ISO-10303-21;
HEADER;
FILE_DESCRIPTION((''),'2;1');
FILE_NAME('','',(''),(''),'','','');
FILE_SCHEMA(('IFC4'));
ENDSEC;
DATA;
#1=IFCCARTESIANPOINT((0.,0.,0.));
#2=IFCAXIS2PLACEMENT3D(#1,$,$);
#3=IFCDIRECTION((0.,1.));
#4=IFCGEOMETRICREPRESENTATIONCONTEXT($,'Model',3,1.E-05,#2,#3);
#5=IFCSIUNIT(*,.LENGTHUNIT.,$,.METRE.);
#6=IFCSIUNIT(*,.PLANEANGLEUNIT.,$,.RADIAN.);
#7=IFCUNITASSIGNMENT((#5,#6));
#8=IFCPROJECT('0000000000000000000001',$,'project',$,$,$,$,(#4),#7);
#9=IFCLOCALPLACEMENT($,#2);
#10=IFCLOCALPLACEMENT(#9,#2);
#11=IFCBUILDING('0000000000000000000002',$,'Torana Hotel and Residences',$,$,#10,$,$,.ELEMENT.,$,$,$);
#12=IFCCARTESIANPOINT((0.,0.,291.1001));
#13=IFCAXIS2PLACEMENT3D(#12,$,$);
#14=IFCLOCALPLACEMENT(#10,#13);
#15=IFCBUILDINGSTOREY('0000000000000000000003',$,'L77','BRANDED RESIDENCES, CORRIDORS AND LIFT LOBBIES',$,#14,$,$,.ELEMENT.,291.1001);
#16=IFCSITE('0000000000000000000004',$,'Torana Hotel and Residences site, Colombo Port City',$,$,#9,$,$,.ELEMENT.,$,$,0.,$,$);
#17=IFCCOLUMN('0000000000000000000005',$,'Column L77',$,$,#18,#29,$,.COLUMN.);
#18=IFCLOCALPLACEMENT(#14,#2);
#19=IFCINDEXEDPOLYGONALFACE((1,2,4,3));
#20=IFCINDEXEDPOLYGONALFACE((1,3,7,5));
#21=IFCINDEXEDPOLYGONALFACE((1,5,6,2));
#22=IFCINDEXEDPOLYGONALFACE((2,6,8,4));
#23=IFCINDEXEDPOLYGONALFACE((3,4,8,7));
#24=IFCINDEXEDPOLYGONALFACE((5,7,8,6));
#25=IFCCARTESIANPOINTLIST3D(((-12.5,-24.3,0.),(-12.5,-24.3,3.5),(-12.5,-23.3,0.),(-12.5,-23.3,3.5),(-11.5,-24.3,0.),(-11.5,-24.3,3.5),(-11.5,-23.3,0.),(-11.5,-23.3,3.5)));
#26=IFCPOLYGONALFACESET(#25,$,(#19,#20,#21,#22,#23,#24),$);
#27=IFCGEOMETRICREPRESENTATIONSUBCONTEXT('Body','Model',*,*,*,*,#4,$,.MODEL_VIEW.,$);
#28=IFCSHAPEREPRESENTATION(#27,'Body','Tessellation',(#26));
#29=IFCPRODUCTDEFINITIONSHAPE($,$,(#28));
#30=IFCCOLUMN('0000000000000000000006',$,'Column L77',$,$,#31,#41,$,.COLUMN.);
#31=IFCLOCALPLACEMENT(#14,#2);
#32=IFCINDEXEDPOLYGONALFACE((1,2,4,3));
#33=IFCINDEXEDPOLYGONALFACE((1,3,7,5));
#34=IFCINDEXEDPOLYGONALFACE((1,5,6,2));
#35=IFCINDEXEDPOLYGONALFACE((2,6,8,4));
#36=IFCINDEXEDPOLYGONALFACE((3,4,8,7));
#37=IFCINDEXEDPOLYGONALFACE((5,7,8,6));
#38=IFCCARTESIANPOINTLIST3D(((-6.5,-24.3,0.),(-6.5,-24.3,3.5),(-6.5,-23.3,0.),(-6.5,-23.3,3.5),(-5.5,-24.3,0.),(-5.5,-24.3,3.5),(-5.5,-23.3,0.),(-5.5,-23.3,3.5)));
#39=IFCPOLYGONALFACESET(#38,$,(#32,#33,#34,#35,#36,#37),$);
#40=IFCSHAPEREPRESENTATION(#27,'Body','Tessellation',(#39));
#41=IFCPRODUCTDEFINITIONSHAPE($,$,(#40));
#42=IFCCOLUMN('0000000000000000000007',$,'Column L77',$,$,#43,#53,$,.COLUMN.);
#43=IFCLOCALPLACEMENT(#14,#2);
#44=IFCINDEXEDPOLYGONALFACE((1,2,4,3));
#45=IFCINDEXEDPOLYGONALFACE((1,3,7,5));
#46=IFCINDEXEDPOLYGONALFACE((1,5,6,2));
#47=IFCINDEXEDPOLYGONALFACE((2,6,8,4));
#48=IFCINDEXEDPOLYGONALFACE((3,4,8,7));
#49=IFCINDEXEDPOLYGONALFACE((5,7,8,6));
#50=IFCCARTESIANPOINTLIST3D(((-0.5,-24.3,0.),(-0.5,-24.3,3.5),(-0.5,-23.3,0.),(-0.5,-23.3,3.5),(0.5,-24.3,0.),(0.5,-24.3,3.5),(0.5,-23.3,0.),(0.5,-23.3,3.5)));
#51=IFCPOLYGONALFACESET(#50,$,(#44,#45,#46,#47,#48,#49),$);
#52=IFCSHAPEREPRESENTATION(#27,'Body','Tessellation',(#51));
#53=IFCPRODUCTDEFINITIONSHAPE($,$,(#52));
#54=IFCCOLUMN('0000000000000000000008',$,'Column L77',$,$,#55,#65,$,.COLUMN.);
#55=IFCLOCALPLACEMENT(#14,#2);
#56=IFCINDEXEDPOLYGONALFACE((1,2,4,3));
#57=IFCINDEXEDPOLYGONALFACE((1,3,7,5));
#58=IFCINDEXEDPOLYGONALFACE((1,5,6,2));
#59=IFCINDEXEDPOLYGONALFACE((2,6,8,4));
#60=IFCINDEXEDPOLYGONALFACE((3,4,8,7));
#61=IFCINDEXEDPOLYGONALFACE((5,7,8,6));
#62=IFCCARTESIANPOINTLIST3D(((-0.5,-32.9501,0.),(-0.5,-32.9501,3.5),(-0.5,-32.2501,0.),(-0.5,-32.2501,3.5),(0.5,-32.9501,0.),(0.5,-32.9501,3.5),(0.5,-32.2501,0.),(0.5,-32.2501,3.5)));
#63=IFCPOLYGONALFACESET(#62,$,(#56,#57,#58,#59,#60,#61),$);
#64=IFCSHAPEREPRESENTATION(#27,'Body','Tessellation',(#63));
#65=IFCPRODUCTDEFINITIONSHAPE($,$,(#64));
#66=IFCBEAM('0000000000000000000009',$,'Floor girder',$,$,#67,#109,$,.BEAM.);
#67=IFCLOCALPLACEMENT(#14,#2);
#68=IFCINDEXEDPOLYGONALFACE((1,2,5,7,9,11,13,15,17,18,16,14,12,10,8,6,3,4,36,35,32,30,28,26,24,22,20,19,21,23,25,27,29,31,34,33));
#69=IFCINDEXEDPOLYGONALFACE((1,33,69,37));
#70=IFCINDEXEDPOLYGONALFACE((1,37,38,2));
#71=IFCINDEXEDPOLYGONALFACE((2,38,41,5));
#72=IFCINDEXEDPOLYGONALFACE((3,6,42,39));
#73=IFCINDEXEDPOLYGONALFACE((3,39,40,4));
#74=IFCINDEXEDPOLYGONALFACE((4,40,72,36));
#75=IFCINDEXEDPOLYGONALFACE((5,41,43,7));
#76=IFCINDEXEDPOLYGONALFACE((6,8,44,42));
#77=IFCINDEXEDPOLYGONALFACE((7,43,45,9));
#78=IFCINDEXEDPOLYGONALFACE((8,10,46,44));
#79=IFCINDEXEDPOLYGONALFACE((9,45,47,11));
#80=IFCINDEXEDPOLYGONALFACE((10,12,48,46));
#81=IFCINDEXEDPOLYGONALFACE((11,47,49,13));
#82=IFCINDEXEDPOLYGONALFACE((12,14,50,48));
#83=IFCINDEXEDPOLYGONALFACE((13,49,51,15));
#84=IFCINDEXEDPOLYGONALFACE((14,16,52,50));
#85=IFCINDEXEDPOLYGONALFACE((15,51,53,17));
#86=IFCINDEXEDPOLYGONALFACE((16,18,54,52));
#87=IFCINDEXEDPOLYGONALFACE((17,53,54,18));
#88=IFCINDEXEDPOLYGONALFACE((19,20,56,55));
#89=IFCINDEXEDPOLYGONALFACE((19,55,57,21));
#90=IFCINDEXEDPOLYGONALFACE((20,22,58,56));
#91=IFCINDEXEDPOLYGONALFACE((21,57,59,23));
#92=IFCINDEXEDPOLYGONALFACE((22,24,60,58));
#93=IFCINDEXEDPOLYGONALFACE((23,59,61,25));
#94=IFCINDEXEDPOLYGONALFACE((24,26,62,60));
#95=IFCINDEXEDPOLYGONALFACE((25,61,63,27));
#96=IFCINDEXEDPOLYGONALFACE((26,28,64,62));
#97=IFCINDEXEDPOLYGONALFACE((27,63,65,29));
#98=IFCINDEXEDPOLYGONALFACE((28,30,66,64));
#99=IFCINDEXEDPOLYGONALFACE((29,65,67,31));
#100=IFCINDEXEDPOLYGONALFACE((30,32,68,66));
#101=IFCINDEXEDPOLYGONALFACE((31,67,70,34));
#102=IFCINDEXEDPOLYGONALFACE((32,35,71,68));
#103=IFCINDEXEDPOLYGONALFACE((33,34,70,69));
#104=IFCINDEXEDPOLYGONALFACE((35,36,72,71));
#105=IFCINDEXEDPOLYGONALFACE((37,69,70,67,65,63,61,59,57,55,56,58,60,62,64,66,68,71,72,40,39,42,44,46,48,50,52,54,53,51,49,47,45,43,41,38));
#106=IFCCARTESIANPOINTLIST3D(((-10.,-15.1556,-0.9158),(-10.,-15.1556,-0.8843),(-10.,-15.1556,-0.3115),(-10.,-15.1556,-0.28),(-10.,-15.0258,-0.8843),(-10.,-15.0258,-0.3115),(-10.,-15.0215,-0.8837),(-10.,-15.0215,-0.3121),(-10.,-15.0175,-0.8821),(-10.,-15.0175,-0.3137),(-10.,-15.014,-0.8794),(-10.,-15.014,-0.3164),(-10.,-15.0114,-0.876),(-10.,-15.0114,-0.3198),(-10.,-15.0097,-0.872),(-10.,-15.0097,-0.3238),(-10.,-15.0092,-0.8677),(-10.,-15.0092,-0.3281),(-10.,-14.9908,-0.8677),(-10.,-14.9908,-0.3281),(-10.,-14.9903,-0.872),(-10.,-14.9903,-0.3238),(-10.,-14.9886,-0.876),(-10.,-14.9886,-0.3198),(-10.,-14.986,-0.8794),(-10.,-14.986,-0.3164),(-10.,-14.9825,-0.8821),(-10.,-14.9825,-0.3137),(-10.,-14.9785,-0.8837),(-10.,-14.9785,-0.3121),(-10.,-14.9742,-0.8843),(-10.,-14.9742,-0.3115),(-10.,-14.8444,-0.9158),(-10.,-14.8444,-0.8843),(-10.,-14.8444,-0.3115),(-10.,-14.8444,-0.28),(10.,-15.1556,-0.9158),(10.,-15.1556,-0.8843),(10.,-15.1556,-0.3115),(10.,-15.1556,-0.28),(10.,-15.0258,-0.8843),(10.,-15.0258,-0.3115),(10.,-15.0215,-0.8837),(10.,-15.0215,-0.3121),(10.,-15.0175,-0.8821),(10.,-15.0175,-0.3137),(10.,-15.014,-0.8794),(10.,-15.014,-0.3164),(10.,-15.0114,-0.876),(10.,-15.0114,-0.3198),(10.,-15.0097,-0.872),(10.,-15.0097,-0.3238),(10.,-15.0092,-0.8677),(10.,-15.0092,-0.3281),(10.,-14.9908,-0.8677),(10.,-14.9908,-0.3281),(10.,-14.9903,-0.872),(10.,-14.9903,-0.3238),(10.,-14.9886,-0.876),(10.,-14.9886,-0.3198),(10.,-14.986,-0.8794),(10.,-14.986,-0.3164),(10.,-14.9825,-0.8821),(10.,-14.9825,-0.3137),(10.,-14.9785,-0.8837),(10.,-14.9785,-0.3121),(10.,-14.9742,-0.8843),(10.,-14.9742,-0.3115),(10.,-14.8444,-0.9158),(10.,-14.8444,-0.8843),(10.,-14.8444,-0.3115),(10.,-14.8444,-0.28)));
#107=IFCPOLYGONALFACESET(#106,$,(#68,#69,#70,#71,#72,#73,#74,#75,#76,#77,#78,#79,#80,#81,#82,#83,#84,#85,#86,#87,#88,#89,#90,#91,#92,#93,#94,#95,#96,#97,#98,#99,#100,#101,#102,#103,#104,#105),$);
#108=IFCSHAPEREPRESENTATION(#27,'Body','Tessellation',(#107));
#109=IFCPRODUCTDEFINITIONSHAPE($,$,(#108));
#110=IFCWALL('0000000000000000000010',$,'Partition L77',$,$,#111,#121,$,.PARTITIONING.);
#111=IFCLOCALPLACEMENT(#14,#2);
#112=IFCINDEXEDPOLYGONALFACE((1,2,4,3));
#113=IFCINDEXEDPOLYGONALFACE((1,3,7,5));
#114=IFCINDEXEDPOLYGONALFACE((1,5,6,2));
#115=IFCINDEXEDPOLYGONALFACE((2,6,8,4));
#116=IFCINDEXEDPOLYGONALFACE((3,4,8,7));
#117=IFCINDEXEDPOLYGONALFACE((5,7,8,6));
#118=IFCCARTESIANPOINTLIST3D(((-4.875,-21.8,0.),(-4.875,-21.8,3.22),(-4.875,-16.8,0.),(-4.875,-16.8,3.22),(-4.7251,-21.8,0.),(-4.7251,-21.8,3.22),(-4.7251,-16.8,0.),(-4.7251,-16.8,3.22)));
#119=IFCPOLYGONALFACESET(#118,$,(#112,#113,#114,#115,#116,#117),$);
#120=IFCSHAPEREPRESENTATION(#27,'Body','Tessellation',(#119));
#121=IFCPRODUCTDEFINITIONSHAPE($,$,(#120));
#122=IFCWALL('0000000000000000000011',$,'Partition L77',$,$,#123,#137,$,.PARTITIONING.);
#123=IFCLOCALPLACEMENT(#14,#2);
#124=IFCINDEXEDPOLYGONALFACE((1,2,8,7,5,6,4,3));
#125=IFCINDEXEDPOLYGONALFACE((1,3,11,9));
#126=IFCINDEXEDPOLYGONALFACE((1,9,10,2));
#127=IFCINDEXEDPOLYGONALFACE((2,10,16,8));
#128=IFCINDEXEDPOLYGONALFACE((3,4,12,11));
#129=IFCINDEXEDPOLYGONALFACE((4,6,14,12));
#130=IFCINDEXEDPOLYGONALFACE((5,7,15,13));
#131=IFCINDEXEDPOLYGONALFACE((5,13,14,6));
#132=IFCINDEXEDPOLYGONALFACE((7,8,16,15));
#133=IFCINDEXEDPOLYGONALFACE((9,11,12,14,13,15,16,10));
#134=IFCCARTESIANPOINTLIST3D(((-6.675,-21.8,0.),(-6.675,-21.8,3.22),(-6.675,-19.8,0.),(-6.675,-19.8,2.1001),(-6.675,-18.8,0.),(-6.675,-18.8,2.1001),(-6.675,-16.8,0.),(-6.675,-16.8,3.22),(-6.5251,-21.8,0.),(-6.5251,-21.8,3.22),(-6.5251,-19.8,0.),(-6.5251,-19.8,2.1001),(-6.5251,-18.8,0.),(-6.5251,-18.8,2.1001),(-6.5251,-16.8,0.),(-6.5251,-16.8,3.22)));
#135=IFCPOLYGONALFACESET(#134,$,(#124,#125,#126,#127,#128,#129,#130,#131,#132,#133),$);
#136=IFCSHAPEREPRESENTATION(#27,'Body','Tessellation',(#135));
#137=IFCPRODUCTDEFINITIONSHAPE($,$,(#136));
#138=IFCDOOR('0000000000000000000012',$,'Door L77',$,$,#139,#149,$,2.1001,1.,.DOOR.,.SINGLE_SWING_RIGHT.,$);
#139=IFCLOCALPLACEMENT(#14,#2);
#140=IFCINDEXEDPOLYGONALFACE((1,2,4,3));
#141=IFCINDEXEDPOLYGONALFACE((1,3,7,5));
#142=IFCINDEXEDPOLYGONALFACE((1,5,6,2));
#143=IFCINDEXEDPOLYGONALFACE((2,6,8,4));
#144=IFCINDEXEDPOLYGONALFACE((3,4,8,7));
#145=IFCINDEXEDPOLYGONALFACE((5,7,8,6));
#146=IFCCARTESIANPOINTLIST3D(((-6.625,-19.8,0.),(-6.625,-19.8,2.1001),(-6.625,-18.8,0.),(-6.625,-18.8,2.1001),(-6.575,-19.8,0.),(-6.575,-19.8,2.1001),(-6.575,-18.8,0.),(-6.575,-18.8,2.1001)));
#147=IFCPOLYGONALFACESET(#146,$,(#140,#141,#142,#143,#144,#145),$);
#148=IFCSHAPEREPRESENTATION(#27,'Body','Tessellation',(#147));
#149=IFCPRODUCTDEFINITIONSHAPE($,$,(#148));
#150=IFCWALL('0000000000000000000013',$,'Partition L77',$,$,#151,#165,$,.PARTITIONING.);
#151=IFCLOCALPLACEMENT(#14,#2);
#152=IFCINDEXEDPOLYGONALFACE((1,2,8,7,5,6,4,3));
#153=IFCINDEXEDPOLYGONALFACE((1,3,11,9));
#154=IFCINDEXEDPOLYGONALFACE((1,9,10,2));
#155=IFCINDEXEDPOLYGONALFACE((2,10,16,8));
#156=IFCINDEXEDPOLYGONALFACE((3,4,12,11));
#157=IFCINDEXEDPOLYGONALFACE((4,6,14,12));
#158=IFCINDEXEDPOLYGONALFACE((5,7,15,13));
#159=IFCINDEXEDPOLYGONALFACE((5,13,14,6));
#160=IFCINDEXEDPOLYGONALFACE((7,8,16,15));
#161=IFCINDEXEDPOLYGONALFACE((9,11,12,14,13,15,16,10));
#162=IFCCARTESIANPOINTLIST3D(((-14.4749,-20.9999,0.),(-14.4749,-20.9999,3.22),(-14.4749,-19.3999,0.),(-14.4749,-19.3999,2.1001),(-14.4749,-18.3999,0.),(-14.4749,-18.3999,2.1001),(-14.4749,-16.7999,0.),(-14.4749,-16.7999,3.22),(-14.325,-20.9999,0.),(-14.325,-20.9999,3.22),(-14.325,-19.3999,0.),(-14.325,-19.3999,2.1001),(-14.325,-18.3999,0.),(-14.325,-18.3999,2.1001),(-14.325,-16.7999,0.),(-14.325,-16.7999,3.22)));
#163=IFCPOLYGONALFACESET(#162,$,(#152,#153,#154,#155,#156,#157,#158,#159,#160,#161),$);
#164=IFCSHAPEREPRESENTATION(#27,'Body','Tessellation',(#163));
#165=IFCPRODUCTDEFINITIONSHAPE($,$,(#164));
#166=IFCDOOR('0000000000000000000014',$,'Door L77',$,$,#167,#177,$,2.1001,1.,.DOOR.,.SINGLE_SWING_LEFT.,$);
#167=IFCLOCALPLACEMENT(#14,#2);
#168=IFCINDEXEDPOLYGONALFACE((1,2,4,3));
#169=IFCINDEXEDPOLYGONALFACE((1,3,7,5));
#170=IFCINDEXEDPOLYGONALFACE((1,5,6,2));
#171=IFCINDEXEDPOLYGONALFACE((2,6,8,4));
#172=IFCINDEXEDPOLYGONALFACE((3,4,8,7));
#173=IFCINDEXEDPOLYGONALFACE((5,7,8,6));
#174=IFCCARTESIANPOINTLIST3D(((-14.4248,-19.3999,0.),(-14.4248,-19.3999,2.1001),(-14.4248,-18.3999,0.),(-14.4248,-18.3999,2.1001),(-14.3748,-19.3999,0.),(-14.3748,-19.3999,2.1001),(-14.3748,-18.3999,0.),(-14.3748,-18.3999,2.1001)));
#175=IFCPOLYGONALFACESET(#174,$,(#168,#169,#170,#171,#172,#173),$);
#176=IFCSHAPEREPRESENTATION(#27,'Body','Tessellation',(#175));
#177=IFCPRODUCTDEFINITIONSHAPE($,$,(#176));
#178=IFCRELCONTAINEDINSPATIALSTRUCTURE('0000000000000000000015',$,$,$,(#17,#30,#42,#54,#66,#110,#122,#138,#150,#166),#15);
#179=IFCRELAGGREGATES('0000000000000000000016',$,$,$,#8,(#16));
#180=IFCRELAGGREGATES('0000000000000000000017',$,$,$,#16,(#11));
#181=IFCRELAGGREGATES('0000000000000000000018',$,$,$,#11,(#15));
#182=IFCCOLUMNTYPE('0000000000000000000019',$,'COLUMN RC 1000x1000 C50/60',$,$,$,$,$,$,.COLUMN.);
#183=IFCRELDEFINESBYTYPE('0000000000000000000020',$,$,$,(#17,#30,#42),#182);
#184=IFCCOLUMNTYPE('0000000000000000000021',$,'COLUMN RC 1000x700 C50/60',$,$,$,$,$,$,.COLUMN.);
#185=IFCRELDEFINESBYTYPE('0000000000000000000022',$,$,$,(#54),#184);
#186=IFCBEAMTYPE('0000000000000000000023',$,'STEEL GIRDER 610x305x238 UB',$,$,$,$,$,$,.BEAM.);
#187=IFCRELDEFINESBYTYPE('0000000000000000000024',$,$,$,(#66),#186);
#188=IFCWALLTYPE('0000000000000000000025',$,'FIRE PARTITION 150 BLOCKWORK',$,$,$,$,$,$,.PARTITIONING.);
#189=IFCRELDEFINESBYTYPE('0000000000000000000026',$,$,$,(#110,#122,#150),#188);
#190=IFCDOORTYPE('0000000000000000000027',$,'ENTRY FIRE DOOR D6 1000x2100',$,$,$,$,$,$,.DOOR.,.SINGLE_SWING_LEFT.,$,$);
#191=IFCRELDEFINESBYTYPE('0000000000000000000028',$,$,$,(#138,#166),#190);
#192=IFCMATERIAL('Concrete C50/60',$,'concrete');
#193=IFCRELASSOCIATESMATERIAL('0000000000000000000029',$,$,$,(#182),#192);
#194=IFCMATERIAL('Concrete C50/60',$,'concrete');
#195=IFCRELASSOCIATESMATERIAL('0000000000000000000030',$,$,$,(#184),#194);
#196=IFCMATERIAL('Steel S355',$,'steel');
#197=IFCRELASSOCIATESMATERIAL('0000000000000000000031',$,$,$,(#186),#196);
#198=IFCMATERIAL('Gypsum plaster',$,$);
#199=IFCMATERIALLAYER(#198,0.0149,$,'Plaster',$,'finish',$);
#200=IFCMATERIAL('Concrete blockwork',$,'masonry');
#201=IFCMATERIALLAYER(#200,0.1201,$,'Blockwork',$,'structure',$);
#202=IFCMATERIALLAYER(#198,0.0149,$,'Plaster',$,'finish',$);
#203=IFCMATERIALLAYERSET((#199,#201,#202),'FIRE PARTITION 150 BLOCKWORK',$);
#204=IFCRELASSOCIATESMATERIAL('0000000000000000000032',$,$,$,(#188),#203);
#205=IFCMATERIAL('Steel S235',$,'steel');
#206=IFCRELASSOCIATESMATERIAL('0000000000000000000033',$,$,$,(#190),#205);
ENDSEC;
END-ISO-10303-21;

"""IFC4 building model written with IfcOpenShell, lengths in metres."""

from ifc_helpers import new_model, si_unit, direction, frame, frame_2d, origin, origin_2d, place, context, subcontext, project, spatial, rectangle, i_section, extrude, material, layer, layer_set, material_profile, profile_set, type_object, element, fill, save


model = new_model("IFC4")

# Units and contexts
model_context = context("Model", 3, precision=1e-05, world=origin(), true_north=direction((0.0, 1.0)))
body_context = subcontext(model_context, "Body", "Model", "MODEL_VIEW")
ifc_project = project(units=[si_unit("LENGTHUNIT", "METRE"), si_unit("PLANEANGLEUNIT", "RADIAN")], contexts=[model_context])

# Site, building, storey
site_placement = place(None, origin())
site = spatial("IfcSite", under=ifc_project, at=site_placement, Name="Torana Hotel and Residences site, Colombo Port City", CompositionType="ELEMENT", RefElevation=0.0)
building_placement = place(site_placement, origin())
building = spatial("IfcBuilding", under=site, at=building_placement, Name="Torana Hotel and Residences", CompositionType="ELEMENT")
storey_placement = place(building_placement, frame((0.0, 0.0, 291.1001)))
storey = spatial("IfcBuildingStorey", under=building, at=storey_placement, Name="L77", Description="BRANDED RESIDENCES, CORRIDORS AND LIFT LOBBIES", CompositionType="ELEMENT", Elevation=291.1001)

# Columns
ifc_material_1 = material(Name="Concrete C50/60", Category="concrete")
ifc_material_profile_1 = material_profile(ifc_material_1, rectangle(XDim=1.0, YDim=1.0, at=origin_2d()), Name="RC 1000x1000")
ifc_profile_set_1 = profile_set([ifc_material_profile_1], Name="Concrete C50/60")
column_type_1 = type_object("IfcColumnType", Name="COLUMN RC 1000x1000 C50/60", PredefinedType="COLUMN", material=ifc_profile_set_1)
for number, where, z_axis, x_axis, name in (
    (1, (-12.0, -23.8, 0.0), (0.0, 0.0, 1.0), (1.0, 0.0, 0.0), "Column L77"),
    (2, (-6.0, -23.8, 0.0), (0.0, 0.0, 1.0), (1.0, 0.0, 0.0), "Column L77"),
    (3, (0.0, -23.8, 0.0), (0.0, 0.0, 1.0), (1.0, 0.0, 0.0), "Column L77"),
):
    element("IfcColumn", number, at=place(storey_placement, frame(where, z_axis=z_axis, x_axis=x_axis)), inside=storey, type_object=column_type_1, Name=name, PredefinedType="COLUMN", context=body_context, shape_type="SweptSolid", body=[
        extrude(rectangle(XDim=1.0, YDim=1.0, at=origin_2d()), origin(), (0.0, 0.0, 1.0), 3.5),
    ])
ifc_material_2 = material(Name="Concrete C50/60", Category="concrete")
ifc_material_profile_2 = material_profile(ifc_material_2, rectangle(XDim=1.0, YDim=0.7, at=origin_2d()), Name="RC 1000x700")
ifc_profile_set_2 = profile_set([ifc_material_profile_2], Name="Concrete C50/60")
column_type_2 = type_object("IfcColumnType", Name="COLUMN RC 1000x700 C50/60", PredefinedType="COLUMN", material=ifc_profile_set_2)
column_placement = place(storey_placement, frame((0.0, -32.6001, 0.0), z_axis=(0.0, 0.0, 1.0), x_axis=(1.0, 0.0, 0.0)))
element("IfcColumn", 4, at=column_placement, inside=storey, type_object=column_type_2, Name="Column L77", PredefinedType="COLUMN", context=body_context, shape_type="SweptSolid", body=[
    extrude(rectangle(XDim=1.0, YDim=0.7, at=origin_2d()), origin(), (0.0, 0.0, 1.0), 3.5),
])

# Beam
ifc_material_3 = material(Name="Steel S355", Category="steel")
ifc_material_profile_3 = material_profile(ifc_material_3, i_section(OverallWidth=0.3113, OverallDepth=0.6357, WebThickness=0.0183, FlangeThickness=0.0315, FilletRadius=0.0166, at=origin_2d()), Name="610x305x238 UB")
ifc_profile_set_3 = profile_set([ifc_material_profile_3], Name="Steel S355")
beam_type = type_object("IfcBeamType", Name="STEEL GIRDER 610x305x238 UB", PredefinedType="BEAM", material=ifc_profile_set_3)
beam_placement = place(storey_placement, frame((-10.0, -15.0, -0.5979), z_axis=(1.0, 0.0, 0.0), x_axis=(0.0, 1.0, 0.0)))
element("IfcBeam", 5, at=beam_placement, inside=storey, type_object=beam_type, Name="Floor girder", PredefinedType="BEAM", context=body_context, shape_type="SweptSolid", body=[
    extrude(i_section(OverallWidth=0.3113, OverallDepth=0.6357, WebThickness=0.0183, FlangeThickness=0.0315, FilletRadius=0.0166, at=origin_2d()), origin(), (0.0, 0.0, 1.0), 20.0),
])

# Wall
ifc_material_4 = material(Name="Gypsum plaster")
ifc_layer_1 = layer(ifc_material_4, 0.0149, Name="Plaster", Category="finish")
ifc_material_5 = material(Name="Concrete blockwork", Category="masonry")
ifc_layer_2 = layer(ifc_material_5, 0.1201, Name="Blockwork", Category="structure")
ifc_layer_3 = layer(ifc_material_4, 0.0149, Name="Plaster", Category="finish")
ifc_layer_set_1 = layer_set([ifc_layer_1, ifc_layer_2, ifc_layer_3], Name="FIRE PARTITION 150 BLOCKWORK")
wall_type_1 = type_object("IfcWallType", Name="FIRE PARTITION 150 BLOCKWORK", PredefinedType="PARTITIONING", material=ifc_layer_set_1)
wall_1_placement = place(storey_placement, frame((-4.8, -21.8, 0.0), z_axis=(0.0, 0.0, 1.0), x_axis=(0.0, 1.0, 0.0)))
element("IfcWall", 6, at=wall_1_placement, inside=storey, type_object=wall_type_1, Name="Partition L77", PredefinedType="PARTITIONING", context=body_context, shape_type="SweptSolid", body=[
    extrude(rectangle(XDim=5.0, YDim=0.1499, at=frame_2d((2.5, 0.0))), origin(), (0.0, 0.0, 1.0), 3.22),
])

# Walls, openings, doors
wall_2_placement = place(storey_placement, frame((-6.6001, -21.8, 0.0), z_axis=(0.0, 0.0, 1.0), x_axis=(0.0, 1.0, 0.0)))
wall_2 = element("IfcWall", 7, at=wall_2_placement, inside=storey, type_object=wall_type_1, Name="Partition L77", PredefinedType="PARTITIONING", context=body_context, shape_type="SweptSolid", body=[
    extrude(rectangle(XDim=5.0, YDim=0.1499, at=frame_2d((2.5, 0.0))), origin(), (0.0, 0.0, 1.0), 3.22),
])
opening_1_placement = place(wall_2_placement, frame((2.0, 0.0, 0.0)))
opening_1 = element("IfcOpeningElement", 8, at=opening_1_placement, cuts=wall_2, PredefinedType="OPENING", context=body_context, shape_type="SweptSolid", body=[
    extrude(rectangle(XDim=1.0, YDim=2.1001, at=frame_2d((0.5, 1.05))), frame((0.0, 0.085, 0.0), z_axis=(0.0, -1.0, 0.0), x_axis=(1.0, 0.0, 0.0)), (0.0, 0.0, 1.0), 0.1699),
])
ifc_material_6 = material(Name="Steel S235", Category="steel")
door_type_1 = type_object("IfcDoorType", Name="ENTRY FIRE DOOR D6 1000x2100", OperationType="SINGLE_SWING_LEFT", PredefinedType="DOOR", material=ifc_material_6)
door_1_placement = place(opening_1_placement, origin())
door_1 = element("IfcDoor", 9, at=door_1_placement, inside=storey, type_object=door_type_1, Name="Door L77", OperationType="SINGLE_SWING_RIGHT", OverallHeight=2.1001, OverallWidth=1.0, PredefinedType="DOOR", context=body_context, shape_type="SweptSolid", body=[
    extrude(rectangle(XDim=1.0, YDim=2.1001, at=frame_2d((0.5, 1.05))), frame((0.0, 0.0249, 0.0), z_axis=(0.0, -1.0, 0.0), x_axis=(1.0, 0.0, 0.0)), (0.0, 0.0, 1.0), 0.05),
])
fill(opening_1, door_1)
wall_3_placement = place(storey_placement, frame((-14.3999, -21.0, 0.0), z_axis=(0.0, 0.0, 1.0), x_axis=(0.0, 1.0, 0.0)))
wall_3 = element("IfcWall", 10, at=wall_3_placement, inside=storey, type_object=wall_type_1, Name="Partition L77", PredefinedType="PARTITIONING", context=body_context, shape_type="SweptSolid", body=[
    extrude(rectangle(XDim=4.2, YDim=0.1499, at=frame_2d((2.1001, 0.0))), origin(), (0.0, 0.0, 1.0), 3.22),
])
opening_2_placement = place(wall_3_placement, frame((1.6001, 0.0, 0.0)))
opening_2 = element("IfcOpeningElement", 11, at=opening_2_placement, cuts=wall_3, PredefinedType="OPENING", context=body_context, shape_type="SweptSolid", body=[
    extrude(rectangle(XDim=1.0, YDim=2.1001, at=frame_2d((0.5, 1.05))), frame((0.0, 0.085, 0.0), z_axis=(0.0, -1.0, 0.0), x_axis=(1.0, 0.0, 0.0)), (0.0, 0.0, 1.0), 0.1699),
])
door_2_placement = place(opening_2_placement, frame((0.5, 0.0, 0.0), z_axis=(0.0, 0.0, 1.0), x_axis=(-1.0, 0.0, 0.0)))
door_2 = element("IfcDoor", 12, at=door_2_placement, inside=storey, type_object=door_type_1, Name="Door L77", OperationType="SINGLE_SWING_LEFT", OverallHeight=2.1001, OverallWidth=1.0, PredefinedType="DOOR", context=body_context, shape_type="SweptSolid", body=[
    extrude(rectangle(XDim=1.0, YDim=2.1001, at=frame_2d((0.0, 1.05))), frame((0.0, -0.0249, 0.0), z_axis=(0.0, 1.0, 0.0), x_axis=(-1.0, 0.0, 0.0)), (0.0, 0.0, 1.0), 0.05),
])
fill(opening_2, door_2)

save(model, "model.ifc")
